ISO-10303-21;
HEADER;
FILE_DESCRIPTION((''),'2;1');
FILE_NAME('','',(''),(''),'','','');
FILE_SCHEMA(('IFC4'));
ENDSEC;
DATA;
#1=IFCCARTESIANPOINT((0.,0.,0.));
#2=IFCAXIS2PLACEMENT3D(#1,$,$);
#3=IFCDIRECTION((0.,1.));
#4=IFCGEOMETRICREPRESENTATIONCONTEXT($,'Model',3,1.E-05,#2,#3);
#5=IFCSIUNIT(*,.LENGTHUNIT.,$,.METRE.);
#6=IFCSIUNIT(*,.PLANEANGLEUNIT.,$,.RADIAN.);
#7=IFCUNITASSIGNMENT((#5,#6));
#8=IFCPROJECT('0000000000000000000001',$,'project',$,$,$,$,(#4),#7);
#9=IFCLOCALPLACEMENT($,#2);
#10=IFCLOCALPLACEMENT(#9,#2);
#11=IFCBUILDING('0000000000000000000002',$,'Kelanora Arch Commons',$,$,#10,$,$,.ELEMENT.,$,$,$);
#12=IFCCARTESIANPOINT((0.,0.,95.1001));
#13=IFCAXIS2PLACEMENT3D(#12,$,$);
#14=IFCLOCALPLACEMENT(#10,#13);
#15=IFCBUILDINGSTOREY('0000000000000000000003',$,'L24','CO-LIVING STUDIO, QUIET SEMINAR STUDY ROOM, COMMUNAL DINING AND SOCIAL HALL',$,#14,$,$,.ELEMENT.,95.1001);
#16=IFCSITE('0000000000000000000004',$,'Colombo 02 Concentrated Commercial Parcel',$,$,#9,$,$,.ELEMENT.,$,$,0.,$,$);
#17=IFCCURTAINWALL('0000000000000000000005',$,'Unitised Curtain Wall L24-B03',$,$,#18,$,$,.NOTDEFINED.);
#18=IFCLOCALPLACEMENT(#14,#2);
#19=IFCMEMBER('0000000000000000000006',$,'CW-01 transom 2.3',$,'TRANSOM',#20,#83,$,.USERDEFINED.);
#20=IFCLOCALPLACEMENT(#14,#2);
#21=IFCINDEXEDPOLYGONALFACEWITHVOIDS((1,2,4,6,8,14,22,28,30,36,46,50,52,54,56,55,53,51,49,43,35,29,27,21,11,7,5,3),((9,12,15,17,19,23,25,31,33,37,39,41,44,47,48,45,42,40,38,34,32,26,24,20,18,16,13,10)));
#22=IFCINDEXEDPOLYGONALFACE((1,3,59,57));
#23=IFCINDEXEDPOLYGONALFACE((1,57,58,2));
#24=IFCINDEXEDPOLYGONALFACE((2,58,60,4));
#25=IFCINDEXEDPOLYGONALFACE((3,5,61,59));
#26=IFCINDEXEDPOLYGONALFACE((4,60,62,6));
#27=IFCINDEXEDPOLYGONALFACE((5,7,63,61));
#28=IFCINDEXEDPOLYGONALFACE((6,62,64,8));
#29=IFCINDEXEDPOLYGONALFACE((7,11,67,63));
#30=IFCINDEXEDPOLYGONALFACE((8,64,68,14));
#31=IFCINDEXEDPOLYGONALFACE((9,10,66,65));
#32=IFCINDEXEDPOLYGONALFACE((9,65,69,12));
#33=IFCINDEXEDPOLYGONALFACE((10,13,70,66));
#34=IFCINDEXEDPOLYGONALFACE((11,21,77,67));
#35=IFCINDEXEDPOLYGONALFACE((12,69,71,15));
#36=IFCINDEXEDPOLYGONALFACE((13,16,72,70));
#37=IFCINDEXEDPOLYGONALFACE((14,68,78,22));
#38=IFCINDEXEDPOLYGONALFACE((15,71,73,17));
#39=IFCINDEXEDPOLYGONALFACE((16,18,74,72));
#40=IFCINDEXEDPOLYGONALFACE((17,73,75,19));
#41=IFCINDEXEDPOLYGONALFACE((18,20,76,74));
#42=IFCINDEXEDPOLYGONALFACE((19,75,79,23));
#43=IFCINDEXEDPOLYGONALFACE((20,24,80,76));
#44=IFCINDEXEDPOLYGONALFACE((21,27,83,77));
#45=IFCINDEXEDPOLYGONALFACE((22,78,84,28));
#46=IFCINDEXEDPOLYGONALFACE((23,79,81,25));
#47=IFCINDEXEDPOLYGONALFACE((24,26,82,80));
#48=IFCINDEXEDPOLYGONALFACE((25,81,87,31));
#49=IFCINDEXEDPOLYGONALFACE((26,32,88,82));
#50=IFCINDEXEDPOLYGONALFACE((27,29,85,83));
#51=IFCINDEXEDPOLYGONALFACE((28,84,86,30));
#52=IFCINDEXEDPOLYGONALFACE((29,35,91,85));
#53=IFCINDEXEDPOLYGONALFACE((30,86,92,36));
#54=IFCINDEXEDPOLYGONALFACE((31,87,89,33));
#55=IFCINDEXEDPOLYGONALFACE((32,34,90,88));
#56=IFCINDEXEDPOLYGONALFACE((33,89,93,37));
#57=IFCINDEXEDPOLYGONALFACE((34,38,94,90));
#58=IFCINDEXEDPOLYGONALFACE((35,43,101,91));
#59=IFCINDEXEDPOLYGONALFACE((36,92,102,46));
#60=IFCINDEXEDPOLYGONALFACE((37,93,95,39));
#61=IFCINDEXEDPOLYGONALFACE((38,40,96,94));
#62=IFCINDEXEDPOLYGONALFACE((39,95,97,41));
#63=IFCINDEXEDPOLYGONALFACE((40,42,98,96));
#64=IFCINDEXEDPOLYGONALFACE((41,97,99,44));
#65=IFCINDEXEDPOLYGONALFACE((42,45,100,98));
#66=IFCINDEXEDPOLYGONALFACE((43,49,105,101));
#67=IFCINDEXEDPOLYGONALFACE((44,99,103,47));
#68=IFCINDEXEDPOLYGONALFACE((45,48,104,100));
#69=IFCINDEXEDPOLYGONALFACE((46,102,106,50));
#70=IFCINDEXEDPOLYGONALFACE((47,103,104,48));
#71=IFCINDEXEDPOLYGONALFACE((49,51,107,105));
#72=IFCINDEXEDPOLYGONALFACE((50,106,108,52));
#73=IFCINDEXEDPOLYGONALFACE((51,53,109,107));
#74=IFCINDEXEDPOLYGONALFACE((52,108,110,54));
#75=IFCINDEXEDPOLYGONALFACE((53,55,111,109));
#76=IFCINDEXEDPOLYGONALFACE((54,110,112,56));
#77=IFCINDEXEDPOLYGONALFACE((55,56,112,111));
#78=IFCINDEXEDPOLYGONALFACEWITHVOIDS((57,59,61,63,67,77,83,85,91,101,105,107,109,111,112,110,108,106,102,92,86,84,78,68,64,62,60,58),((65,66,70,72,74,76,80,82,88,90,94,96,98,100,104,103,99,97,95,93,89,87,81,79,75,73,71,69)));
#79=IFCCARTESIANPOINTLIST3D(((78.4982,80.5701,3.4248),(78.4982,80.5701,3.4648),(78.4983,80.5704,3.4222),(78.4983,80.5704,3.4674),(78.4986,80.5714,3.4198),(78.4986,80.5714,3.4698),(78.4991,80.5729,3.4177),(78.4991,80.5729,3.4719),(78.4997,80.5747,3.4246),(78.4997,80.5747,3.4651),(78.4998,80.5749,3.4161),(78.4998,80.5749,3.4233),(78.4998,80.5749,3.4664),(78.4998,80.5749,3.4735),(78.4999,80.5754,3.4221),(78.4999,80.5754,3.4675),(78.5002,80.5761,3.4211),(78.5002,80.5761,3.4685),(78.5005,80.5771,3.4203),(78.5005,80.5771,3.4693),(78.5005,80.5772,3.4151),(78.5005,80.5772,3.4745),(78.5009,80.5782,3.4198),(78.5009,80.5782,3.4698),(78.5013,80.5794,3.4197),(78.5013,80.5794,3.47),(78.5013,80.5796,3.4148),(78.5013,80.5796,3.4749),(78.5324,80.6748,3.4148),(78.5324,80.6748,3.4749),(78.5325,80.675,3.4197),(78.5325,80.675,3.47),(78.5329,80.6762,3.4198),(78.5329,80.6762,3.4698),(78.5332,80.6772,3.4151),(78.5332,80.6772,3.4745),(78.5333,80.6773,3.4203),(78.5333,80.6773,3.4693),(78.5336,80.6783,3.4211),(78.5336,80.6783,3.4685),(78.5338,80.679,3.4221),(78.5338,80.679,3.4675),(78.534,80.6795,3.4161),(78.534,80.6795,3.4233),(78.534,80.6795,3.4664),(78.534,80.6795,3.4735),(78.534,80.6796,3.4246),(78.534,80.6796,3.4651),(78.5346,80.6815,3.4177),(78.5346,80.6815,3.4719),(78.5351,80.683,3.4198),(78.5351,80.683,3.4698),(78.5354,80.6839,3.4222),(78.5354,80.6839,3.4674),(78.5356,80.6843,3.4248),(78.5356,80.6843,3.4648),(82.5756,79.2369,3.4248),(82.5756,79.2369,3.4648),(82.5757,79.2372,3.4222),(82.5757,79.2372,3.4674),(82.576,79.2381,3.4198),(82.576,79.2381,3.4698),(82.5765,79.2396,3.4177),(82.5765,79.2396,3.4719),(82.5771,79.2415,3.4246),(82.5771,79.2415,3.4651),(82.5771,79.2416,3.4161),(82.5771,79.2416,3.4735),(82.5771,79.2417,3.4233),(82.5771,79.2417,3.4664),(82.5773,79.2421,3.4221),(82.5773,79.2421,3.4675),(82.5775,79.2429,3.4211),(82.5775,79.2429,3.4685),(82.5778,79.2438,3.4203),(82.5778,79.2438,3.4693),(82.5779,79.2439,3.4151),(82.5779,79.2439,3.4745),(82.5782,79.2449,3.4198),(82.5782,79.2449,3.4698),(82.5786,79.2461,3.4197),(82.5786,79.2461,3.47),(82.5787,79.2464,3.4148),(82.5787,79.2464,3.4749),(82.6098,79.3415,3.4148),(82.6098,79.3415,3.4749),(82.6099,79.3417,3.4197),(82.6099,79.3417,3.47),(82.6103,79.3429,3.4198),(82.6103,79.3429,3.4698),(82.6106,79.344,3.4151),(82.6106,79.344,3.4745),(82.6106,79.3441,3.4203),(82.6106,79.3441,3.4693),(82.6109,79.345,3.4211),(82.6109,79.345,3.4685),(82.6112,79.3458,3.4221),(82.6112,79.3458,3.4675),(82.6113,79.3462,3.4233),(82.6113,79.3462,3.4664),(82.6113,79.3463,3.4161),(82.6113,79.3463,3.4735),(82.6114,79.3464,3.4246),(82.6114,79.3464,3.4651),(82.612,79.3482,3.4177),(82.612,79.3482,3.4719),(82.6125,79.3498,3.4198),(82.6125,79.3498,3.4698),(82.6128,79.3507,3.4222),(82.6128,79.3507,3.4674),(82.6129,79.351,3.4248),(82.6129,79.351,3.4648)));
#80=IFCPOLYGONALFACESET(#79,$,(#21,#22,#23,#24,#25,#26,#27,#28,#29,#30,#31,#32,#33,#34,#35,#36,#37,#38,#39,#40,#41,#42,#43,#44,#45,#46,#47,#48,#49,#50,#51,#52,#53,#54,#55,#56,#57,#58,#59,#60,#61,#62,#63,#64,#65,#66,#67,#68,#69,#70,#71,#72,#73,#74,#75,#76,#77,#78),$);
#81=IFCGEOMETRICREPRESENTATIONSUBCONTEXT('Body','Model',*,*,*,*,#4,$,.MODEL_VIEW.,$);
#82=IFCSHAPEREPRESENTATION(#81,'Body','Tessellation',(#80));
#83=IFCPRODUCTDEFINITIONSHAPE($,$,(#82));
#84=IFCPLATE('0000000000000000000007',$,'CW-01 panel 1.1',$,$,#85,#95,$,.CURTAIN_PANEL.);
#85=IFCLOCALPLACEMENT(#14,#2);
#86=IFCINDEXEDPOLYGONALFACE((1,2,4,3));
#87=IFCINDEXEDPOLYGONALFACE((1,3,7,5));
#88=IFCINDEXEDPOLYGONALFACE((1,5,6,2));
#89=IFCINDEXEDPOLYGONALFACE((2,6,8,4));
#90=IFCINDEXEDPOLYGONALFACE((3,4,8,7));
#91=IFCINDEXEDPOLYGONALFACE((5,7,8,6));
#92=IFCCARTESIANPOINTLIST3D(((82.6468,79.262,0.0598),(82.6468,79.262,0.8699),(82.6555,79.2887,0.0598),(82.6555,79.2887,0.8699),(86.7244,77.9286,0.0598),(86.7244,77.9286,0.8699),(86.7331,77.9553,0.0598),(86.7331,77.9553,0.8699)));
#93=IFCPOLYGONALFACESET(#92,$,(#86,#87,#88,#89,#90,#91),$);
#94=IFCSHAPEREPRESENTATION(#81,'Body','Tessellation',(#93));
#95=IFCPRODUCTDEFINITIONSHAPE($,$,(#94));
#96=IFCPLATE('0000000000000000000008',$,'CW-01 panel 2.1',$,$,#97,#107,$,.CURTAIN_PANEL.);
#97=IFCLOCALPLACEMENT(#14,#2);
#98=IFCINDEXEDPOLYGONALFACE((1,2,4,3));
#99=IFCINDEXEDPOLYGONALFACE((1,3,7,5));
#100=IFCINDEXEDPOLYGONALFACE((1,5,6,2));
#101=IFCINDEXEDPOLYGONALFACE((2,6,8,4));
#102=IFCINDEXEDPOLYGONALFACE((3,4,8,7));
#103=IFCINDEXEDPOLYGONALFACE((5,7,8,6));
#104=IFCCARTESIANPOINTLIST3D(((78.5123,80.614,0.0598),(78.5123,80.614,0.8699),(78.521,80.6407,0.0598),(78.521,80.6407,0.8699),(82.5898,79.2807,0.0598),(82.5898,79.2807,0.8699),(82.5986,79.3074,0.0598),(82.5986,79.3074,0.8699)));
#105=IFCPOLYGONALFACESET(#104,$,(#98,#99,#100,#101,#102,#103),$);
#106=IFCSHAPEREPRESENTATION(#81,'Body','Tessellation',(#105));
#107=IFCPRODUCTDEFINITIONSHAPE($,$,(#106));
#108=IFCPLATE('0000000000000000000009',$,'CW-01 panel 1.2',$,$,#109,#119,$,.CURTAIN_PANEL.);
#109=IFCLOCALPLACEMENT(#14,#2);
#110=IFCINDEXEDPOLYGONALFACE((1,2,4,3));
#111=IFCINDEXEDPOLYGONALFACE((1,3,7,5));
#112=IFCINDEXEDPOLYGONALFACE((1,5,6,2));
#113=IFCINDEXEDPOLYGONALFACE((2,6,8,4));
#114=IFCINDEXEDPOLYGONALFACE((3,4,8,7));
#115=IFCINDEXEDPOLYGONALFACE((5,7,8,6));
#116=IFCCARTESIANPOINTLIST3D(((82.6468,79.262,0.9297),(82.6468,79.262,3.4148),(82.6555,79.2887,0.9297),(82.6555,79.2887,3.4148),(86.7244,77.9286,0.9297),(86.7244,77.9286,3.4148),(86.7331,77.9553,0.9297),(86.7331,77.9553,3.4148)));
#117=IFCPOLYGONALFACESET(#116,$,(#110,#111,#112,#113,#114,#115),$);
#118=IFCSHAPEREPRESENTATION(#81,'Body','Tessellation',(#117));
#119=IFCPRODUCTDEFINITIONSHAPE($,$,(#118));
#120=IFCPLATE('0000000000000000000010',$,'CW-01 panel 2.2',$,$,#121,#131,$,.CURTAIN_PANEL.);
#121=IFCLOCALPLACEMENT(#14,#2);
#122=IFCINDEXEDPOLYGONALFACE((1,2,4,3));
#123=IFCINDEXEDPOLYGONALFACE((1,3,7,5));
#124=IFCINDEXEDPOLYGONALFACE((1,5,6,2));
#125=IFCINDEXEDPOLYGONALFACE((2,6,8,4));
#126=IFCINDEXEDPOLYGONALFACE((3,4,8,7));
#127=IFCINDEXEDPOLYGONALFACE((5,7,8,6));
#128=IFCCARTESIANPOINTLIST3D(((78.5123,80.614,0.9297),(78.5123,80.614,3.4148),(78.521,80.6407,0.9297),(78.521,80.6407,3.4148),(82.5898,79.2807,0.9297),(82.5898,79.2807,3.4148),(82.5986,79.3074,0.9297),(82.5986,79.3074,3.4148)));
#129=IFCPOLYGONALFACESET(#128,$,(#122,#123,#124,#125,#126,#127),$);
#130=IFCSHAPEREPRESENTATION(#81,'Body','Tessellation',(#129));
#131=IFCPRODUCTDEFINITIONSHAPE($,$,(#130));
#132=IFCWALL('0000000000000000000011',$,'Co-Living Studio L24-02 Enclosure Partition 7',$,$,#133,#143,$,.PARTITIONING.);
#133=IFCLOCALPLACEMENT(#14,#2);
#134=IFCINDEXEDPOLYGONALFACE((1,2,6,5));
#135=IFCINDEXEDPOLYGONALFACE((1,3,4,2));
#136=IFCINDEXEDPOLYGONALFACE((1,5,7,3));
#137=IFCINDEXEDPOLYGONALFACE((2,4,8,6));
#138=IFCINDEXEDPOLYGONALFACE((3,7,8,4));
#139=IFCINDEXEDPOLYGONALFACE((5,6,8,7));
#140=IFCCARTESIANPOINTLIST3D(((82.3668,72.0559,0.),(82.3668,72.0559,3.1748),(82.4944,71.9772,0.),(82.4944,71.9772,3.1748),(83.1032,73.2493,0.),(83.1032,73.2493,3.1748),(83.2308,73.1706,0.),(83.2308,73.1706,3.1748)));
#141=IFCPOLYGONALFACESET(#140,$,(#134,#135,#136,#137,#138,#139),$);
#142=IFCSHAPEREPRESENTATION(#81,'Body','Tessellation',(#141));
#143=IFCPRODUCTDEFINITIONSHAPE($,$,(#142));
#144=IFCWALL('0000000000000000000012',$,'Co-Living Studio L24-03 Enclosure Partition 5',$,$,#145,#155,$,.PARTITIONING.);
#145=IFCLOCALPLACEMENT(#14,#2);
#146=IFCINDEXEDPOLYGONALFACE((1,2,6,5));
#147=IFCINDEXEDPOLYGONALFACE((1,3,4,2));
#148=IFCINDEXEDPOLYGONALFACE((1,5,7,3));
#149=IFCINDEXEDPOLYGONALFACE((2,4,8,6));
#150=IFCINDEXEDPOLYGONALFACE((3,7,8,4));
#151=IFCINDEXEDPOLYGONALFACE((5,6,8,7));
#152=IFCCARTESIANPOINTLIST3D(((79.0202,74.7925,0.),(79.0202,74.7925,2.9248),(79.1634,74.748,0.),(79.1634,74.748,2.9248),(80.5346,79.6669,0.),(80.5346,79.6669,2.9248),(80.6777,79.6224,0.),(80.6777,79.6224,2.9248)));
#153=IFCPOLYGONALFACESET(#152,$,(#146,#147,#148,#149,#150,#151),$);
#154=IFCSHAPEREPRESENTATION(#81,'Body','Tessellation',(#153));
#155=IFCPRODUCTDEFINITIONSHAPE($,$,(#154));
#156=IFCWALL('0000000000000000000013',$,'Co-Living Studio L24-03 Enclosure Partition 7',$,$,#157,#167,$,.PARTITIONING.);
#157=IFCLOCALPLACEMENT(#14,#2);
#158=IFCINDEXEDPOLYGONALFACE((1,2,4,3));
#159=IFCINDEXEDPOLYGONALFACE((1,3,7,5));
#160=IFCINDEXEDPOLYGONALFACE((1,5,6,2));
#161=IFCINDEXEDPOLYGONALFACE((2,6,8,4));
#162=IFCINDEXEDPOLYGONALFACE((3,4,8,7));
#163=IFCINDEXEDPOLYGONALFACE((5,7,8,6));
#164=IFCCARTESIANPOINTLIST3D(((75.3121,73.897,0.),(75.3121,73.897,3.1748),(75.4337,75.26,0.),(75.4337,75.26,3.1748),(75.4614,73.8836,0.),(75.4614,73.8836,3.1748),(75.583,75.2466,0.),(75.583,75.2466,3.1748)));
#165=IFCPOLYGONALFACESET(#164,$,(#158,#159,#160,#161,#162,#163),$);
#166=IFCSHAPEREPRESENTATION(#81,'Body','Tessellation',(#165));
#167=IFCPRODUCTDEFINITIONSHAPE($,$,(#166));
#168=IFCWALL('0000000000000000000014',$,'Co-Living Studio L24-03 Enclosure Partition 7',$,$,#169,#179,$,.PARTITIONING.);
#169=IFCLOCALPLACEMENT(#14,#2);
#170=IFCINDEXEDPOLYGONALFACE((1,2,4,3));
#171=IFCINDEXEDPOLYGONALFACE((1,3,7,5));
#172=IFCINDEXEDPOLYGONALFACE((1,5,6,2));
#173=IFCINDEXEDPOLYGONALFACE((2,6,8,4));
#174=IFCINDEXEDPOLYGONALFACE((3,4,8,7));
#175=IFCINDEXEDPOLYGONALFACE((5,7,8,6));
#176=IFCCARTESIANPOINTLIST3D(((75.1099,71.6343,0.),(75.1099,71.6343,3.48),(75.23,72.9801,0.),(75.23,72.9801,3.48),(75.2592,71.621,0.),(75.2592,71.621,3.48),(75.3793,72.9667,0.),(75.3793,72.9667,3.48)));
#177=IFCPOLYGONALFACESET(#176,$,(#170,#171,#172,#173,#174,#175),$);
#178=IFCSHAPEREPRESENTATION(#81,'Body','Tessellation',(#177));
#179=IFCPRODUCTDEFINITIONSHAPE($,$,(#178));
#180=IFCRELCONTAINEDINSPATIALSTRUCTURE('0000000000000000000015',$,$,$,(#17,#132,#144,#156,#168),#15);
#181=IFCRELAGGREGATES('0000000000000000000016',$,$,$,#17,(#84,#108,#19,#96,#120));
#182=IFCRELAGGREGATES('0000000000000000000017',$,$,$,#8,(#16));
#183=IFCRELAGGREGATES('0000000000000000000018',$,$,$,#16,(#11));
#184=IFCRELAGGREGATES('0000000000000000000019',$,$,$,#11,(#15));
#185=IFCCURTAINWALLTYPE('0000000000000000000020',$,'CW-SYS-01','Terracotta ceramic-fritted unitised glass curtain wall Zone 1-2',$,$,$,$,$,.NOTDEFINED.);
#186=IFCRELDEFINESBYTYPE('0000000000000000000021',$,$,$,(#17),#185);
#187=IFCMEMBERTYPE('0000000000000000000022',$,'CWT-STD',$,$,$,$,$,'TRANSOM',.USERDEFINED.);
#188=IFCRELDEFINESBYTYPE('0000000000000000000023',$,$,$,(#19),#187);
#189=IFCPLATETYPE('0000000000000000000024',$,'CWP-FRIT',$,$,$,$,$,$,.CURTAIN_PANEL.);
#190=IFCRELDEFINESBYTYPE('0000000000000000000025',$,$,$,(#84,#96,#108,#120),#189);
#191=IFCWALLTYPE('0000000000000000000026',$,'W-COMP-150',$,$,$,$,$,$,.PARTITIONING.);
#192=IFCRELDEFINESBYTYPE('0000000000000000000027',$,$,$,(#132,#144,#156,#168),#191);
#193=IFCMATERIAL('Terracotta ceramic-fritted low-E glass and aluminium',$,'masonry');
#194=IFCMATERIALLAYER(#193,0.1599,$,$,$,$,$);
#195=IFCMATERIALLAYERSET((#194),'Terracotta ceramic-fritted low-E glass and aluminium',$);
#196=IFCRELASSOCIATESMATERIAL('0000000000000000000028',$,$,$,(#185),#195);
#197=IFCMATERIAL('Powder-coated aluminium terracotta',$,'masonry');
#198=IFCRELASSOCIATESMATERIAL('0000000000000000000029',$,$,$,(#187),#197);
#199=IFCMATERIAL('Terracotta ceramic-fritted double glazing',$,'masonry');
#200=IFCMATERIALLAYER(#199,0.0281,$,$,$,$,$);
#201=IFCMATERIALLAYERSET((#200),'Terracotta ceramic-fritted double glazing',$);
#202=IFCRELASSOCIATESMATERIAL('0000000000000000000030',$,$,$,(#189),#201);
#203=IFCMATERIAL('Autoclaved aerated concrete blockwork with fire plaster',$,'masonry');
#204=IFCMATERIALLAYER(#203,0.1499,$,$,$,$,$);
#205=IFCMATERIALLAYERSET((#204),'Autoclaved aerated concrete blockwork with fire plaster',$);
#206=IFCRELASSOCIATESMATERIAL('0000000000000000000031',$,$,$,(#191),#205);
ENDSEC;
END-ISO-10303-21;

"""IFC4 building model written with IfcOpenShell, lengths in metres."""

from ifc_helpers import new_model, si_unit, direction, frame, frame_2d, origin, origin_2d, place, context, subcontext, project, spatial, rectangle, hollow_rectangle, extrude, source, transform, mapped, material, layer, layer_set, material_profile, profile_set, type_object, element, aggregate, save


model = new_model("IFC4")

# Units and contexts
model_context = context("Model", 3, precision=1e-05, world=origin(), true_north=direction((0.0, 1.0)))
body_context = subcontext(model_context, "Body", "Model", "MODEL_VIEW")
ifc_project = project(units=[si_unit("LENGTHUNIT", "METRE"), si_unit("PLANEANGLEUNIT", "RADIAN")], contexts=[model_context])

# Site, building, storey
site_placement = place(None, origin())
site = spatial("IfcSite", under=ifc_project, at=site_placement, Name="Colombo 02 Concentrated Commercial Parcel", CompositionType="ELEMENT", RefElevation=0.0)
building_placement = place(site_placement, origin())
building = spatial("IfcBuilding", under=site, at=building_placement, Name="Kelanora Arch Commons", CompositionType="ELEMENT")
storey_placement = place(building_placement, frame((0.0, 0.0, 95.1001)))
storey = spatial("IfcBuildingStorey", under=building, at=storey_placement, Name="L24", Description="CO-LIVING STUDIO, QUIET SEMINAR STUDY ROOM, COMMUNAL DINING AND SOCIAL HALL", CompositionType="ELEMENT", Elevation=95.1001)

# Curtain wall, member, plates
ifc_material_1 = material(Name="Terracotta ceramic-fritted low-E glass and aluminium", Category="masonry")
ifc_layer_1 = layer(ifc_material_1, 0.1599)
ifc_layer_set_1 = layer_set([ifc_layer_1], Name="Terracotta ceramic-fritted low-E glass and aluminium")
curtain_wall_type = type_object("IfcCurtainWallType", Name="CW-SYS-01", Description="Terracotta ceramic-fritted unitised glass curtain wall Zone 1-2", PredefinedType="NOTDEFINED", material=ifc_layer_set_1)
curtain_wall_placement = place(storey_placement, origin())
curtain_wall = element("IfcCurtainWall", 1, at=curtain_wall_placement, inside=storey, type_object=curtain_wall_type, Name="Unitised Curtain Wall L24-B03", PredefinedType="NOTDEFINED")
ifc_material_2 = material(Name="Powder-coated aluminium terracotta", Category="masonry")
ifc_material_profile_1 = material_profile(ifc_material_2, hollow_rectangle(XDim=0.1201, YDim=0.0601, WallThickness=0.0049, InnerFilletRadius=0.0049, OuterFilletRadius=0.01, at=origin_2d()), Name="CWT120x60")
ifc_profile_set_1 = profile_set([ifc_material_profile_1], Name="Powder-coated aluminium terracotta")
member_type_1 = type_object("IfcMemberType", Name="CWT-STD", ElementType="TRANSOM", PredefinedType="USERDEFINED", material=ifc_profile_set_1)
member_1_placement = place(storey_placement, frame((82.5942, 79.2939, 3.4448), z_axis=(-0.950478, 0.310793, 0.0), x_axis=(-0.310793, -0.950478, 0.0)))
member_1 = element("IfcMember", 2, at=member_1_placement, type_object=member_type_1, Name="CW-01 transom 2.3", ObjectType="TRANSOM", PredefinedType="USERDEFINED", context=body_context, shape_type="SweptSolid", body=[
    extrude(hollow_rectangle(XDim=0.1201, YDim=0.0601, WallThickness=0.0049, InnerFilletRadius=0.0049, OuterFilletRadius=0.01, at=origin_2d()), origin(), (0.0, 0.0, 1.0), 4.2898),
])
ifc_material_3 = material(Name="Terracotta ceramic-fritted double glazing", Category="masonry")
ifc_layer_2 = layer(ifc_material_3, 0.0281)
ifc_layer_set_2 = layer_set([ifc_layer_2], Name="Terracotta ceramic-fritted double glazing")
plate_type = type_object("IfcPlateType", Name="CWP-FRIT", PredefinedType="CURTAIN_PANEL", material=ifc_layer_set_2)
shared_shape_1 = source(origin(), body_context, "Body", "SweptSolid", [
    extrude(rectangle(XDim=4.29, YDim=0.0281, at=origin_2d()), origin(), (0.0, 0.0, 1.0), 0.8101),
])
plate_1_placement = place(storey_placement, frame((84.6899, 78.6086, 0.0598), z_axis=(0.0, 0.0, 1.0), x_axis=(-0.950474, 0.310805, 0.0)))
plate_1 = element("IfcPlate", 3, at=plate_1_placement, type_object=plate_type, Name="CW-01 panel 1.1", PredefinedType="CURTAIN_PANEL", context=body_context, shape_type="MappedRepresentation", body=[
    mapped(shared_shape_1, transform((0.0, 0.0, 0.0), scale=1.0)),
])
plate_2_placement = place(storey_placement, frame((80.5554, 79.9607, 0.0598), z_axis=(0.0, 0.0, 1.0), x_axis=(-0.950474, 0.310805, 0.0)))
plate_2 = element("IfcPlate", 4, at=plate_2_placement, type_object=plate_type, Name="CW-01 panel 2.1", PredefinedType="CURTAIN_PANEL", context=body_context, shape_type="MappedRepresentation", body=[
    mapped(shared_shape_1, transform((0.0, 0.0, 0.0), scale=1.0)),
])
shared_shape_2 = source(origin(), body_context, "Body", "SweptSolid", [
    extrude(rectangle(XDim=4.29, YDim=0.0281, at=origin_2d()), origin(), (0.0, 0.0, 1.0), 2.4851),
])
plate_3_placement = place(storey_placement, frame((84.6899, 78.6086, 0.9297), z_axis=(0.0, 0.0, 1.0), x_axis=(-0.950474, 0.310805, 0.0)))
plate_3 = element("IfcPlate", 5, at=plate_3_placement, type_object=plate_type, Name="CW-01 panel 1.2", PredefinedType="CURTAIN_PANEL", context=body_context, shape_type="MappedRepresentation", body=[
    mapped(shared_shape_2, transform((0.0, 0.0, 0.0), scale=1.0)),
])
plate_4_placement = place(storey_placement, frame((80.5554, 79.9607, 0.9297), z_axis=(0.0, 0.0, 1.0), x_axis=(-0.950474, 0.310805, 0.0)))
plate_4 = element("IfcPlate", 6, at=plate_4_placement, type_object=plate_type, Name="CW-01 panel 2.2", PredefinedType="CURTAIN_PANEL", context=body_context, shape_type="MappedRepresentation", body=[
    mapped(shared_shape_2, transform((0.0, 0.0, 0.0), scale=1.0)),
])
aggregate(curtain_wall, [plate_1, plate_3, member_1, plate_2, plate_4])

# Walls
ifc_material_4 = material(Name="Autoclaved aerated concrete blockwork with fire plaster", Category="masonry")
ifc_layer_3 = layer(ifc_material_4, 0.1499)
ifc_layer_set_3 = layer_set([ifc_layer_3], Name="Autoclaved aerated concrete blockwork with fire plaster")
wall_type_1 = type_object("IfcWallType", Name="W-COMP-150", PredefinedType="PARTITIONING", material=ifc_layer_set_3)
wall_1_placement = place(storey_placement, frame((83.167, 73.21, 0.0), z_axis=(0.0, 0.0, 1.0), x_axis=(-0.525107, -0.851036, 0.0)))
element("IfcWall", 7, at=wall_1_placement, inside=storey, type_object=wall_type_1, Name="Co-Living Studio L24-02 Enclosure Partition 7", PredefinedType="PARTITIONING", context=body_context, shape_type="SweptSolid", body=[
    extrude(rectangle(XDim=1.4023, YDim=0.1499, at=frame_2d((0.7012, 0.0))), origin(), (0.0, 0.0, 1.0), 3.1748),
])
wall_2_placement = place(storey_placement, frame((80.6062, 79.6448, 0.0), z_axis=(0.0, 0.0, 1.0), x_axis=(-0.29669, -0.954974, 0.0)))
element("IfcWall", 8, at=wall_2_placement, inside=storey, type_object=wall_type_1, Name="Co-Living Studio L24-03 Enclosure Partition 5", PredefinedType="PARTITIONING", context=body_context, shape_type="SweptSolid", body=[
    extrude(rectangle(XDim=5.1042, YDim=0.1499, at=frame_2d((2.5522, 0.0))), origin(), (0.0, 0.0, 1.0), 2.9248),
])
wall_3_placement = place(storey_placement, frame((75.5083, 75.2532, 0.0), z_axis=(0.0, 0.0, 1.0), x_axis=(-0.088847, -0.996045, 0.0)))
element("IfcWall", 9, at=wall_3_placement, inside=storey, type_object=wall_type_1, Name="Co-Living Studio L24-03 Enclosure Partition 7", PredefinedType="PARTITIONING", context=body_context, shape_type="SweptSolid", body=[
    extrude(rectangle(XDim=1.3684, YDim=0.1499, at=frame_2d((0.6841, 0.0))), origin(), (0.0, 0.0, 1.0), 3.1748),
])
wall_4_placement = place(storey_placement, frame((75.3047, 72.9734, 0.0), z_axis=(0.0, 0.0, 1.0), x_axis=(-0.088906, -0.99604, 0.0)))
element("IfcWall", 10, at=wall_4_placement, inside=storey, type_object=wall_type_1, Name="Co-Living Studio L24-03 Enclosure Partition 7", PredefinedType="PARTITIONING", context=body_context, shape_type="SweptSolid", body=[
    extrude(rectangle(XDim=1.3511, YDim=0.1499, at=frame_2d((0.6755, 0.0))), origin(), (0.0, 0.0, 1.0), 3.48),
])

save(model, "model.ifc")
